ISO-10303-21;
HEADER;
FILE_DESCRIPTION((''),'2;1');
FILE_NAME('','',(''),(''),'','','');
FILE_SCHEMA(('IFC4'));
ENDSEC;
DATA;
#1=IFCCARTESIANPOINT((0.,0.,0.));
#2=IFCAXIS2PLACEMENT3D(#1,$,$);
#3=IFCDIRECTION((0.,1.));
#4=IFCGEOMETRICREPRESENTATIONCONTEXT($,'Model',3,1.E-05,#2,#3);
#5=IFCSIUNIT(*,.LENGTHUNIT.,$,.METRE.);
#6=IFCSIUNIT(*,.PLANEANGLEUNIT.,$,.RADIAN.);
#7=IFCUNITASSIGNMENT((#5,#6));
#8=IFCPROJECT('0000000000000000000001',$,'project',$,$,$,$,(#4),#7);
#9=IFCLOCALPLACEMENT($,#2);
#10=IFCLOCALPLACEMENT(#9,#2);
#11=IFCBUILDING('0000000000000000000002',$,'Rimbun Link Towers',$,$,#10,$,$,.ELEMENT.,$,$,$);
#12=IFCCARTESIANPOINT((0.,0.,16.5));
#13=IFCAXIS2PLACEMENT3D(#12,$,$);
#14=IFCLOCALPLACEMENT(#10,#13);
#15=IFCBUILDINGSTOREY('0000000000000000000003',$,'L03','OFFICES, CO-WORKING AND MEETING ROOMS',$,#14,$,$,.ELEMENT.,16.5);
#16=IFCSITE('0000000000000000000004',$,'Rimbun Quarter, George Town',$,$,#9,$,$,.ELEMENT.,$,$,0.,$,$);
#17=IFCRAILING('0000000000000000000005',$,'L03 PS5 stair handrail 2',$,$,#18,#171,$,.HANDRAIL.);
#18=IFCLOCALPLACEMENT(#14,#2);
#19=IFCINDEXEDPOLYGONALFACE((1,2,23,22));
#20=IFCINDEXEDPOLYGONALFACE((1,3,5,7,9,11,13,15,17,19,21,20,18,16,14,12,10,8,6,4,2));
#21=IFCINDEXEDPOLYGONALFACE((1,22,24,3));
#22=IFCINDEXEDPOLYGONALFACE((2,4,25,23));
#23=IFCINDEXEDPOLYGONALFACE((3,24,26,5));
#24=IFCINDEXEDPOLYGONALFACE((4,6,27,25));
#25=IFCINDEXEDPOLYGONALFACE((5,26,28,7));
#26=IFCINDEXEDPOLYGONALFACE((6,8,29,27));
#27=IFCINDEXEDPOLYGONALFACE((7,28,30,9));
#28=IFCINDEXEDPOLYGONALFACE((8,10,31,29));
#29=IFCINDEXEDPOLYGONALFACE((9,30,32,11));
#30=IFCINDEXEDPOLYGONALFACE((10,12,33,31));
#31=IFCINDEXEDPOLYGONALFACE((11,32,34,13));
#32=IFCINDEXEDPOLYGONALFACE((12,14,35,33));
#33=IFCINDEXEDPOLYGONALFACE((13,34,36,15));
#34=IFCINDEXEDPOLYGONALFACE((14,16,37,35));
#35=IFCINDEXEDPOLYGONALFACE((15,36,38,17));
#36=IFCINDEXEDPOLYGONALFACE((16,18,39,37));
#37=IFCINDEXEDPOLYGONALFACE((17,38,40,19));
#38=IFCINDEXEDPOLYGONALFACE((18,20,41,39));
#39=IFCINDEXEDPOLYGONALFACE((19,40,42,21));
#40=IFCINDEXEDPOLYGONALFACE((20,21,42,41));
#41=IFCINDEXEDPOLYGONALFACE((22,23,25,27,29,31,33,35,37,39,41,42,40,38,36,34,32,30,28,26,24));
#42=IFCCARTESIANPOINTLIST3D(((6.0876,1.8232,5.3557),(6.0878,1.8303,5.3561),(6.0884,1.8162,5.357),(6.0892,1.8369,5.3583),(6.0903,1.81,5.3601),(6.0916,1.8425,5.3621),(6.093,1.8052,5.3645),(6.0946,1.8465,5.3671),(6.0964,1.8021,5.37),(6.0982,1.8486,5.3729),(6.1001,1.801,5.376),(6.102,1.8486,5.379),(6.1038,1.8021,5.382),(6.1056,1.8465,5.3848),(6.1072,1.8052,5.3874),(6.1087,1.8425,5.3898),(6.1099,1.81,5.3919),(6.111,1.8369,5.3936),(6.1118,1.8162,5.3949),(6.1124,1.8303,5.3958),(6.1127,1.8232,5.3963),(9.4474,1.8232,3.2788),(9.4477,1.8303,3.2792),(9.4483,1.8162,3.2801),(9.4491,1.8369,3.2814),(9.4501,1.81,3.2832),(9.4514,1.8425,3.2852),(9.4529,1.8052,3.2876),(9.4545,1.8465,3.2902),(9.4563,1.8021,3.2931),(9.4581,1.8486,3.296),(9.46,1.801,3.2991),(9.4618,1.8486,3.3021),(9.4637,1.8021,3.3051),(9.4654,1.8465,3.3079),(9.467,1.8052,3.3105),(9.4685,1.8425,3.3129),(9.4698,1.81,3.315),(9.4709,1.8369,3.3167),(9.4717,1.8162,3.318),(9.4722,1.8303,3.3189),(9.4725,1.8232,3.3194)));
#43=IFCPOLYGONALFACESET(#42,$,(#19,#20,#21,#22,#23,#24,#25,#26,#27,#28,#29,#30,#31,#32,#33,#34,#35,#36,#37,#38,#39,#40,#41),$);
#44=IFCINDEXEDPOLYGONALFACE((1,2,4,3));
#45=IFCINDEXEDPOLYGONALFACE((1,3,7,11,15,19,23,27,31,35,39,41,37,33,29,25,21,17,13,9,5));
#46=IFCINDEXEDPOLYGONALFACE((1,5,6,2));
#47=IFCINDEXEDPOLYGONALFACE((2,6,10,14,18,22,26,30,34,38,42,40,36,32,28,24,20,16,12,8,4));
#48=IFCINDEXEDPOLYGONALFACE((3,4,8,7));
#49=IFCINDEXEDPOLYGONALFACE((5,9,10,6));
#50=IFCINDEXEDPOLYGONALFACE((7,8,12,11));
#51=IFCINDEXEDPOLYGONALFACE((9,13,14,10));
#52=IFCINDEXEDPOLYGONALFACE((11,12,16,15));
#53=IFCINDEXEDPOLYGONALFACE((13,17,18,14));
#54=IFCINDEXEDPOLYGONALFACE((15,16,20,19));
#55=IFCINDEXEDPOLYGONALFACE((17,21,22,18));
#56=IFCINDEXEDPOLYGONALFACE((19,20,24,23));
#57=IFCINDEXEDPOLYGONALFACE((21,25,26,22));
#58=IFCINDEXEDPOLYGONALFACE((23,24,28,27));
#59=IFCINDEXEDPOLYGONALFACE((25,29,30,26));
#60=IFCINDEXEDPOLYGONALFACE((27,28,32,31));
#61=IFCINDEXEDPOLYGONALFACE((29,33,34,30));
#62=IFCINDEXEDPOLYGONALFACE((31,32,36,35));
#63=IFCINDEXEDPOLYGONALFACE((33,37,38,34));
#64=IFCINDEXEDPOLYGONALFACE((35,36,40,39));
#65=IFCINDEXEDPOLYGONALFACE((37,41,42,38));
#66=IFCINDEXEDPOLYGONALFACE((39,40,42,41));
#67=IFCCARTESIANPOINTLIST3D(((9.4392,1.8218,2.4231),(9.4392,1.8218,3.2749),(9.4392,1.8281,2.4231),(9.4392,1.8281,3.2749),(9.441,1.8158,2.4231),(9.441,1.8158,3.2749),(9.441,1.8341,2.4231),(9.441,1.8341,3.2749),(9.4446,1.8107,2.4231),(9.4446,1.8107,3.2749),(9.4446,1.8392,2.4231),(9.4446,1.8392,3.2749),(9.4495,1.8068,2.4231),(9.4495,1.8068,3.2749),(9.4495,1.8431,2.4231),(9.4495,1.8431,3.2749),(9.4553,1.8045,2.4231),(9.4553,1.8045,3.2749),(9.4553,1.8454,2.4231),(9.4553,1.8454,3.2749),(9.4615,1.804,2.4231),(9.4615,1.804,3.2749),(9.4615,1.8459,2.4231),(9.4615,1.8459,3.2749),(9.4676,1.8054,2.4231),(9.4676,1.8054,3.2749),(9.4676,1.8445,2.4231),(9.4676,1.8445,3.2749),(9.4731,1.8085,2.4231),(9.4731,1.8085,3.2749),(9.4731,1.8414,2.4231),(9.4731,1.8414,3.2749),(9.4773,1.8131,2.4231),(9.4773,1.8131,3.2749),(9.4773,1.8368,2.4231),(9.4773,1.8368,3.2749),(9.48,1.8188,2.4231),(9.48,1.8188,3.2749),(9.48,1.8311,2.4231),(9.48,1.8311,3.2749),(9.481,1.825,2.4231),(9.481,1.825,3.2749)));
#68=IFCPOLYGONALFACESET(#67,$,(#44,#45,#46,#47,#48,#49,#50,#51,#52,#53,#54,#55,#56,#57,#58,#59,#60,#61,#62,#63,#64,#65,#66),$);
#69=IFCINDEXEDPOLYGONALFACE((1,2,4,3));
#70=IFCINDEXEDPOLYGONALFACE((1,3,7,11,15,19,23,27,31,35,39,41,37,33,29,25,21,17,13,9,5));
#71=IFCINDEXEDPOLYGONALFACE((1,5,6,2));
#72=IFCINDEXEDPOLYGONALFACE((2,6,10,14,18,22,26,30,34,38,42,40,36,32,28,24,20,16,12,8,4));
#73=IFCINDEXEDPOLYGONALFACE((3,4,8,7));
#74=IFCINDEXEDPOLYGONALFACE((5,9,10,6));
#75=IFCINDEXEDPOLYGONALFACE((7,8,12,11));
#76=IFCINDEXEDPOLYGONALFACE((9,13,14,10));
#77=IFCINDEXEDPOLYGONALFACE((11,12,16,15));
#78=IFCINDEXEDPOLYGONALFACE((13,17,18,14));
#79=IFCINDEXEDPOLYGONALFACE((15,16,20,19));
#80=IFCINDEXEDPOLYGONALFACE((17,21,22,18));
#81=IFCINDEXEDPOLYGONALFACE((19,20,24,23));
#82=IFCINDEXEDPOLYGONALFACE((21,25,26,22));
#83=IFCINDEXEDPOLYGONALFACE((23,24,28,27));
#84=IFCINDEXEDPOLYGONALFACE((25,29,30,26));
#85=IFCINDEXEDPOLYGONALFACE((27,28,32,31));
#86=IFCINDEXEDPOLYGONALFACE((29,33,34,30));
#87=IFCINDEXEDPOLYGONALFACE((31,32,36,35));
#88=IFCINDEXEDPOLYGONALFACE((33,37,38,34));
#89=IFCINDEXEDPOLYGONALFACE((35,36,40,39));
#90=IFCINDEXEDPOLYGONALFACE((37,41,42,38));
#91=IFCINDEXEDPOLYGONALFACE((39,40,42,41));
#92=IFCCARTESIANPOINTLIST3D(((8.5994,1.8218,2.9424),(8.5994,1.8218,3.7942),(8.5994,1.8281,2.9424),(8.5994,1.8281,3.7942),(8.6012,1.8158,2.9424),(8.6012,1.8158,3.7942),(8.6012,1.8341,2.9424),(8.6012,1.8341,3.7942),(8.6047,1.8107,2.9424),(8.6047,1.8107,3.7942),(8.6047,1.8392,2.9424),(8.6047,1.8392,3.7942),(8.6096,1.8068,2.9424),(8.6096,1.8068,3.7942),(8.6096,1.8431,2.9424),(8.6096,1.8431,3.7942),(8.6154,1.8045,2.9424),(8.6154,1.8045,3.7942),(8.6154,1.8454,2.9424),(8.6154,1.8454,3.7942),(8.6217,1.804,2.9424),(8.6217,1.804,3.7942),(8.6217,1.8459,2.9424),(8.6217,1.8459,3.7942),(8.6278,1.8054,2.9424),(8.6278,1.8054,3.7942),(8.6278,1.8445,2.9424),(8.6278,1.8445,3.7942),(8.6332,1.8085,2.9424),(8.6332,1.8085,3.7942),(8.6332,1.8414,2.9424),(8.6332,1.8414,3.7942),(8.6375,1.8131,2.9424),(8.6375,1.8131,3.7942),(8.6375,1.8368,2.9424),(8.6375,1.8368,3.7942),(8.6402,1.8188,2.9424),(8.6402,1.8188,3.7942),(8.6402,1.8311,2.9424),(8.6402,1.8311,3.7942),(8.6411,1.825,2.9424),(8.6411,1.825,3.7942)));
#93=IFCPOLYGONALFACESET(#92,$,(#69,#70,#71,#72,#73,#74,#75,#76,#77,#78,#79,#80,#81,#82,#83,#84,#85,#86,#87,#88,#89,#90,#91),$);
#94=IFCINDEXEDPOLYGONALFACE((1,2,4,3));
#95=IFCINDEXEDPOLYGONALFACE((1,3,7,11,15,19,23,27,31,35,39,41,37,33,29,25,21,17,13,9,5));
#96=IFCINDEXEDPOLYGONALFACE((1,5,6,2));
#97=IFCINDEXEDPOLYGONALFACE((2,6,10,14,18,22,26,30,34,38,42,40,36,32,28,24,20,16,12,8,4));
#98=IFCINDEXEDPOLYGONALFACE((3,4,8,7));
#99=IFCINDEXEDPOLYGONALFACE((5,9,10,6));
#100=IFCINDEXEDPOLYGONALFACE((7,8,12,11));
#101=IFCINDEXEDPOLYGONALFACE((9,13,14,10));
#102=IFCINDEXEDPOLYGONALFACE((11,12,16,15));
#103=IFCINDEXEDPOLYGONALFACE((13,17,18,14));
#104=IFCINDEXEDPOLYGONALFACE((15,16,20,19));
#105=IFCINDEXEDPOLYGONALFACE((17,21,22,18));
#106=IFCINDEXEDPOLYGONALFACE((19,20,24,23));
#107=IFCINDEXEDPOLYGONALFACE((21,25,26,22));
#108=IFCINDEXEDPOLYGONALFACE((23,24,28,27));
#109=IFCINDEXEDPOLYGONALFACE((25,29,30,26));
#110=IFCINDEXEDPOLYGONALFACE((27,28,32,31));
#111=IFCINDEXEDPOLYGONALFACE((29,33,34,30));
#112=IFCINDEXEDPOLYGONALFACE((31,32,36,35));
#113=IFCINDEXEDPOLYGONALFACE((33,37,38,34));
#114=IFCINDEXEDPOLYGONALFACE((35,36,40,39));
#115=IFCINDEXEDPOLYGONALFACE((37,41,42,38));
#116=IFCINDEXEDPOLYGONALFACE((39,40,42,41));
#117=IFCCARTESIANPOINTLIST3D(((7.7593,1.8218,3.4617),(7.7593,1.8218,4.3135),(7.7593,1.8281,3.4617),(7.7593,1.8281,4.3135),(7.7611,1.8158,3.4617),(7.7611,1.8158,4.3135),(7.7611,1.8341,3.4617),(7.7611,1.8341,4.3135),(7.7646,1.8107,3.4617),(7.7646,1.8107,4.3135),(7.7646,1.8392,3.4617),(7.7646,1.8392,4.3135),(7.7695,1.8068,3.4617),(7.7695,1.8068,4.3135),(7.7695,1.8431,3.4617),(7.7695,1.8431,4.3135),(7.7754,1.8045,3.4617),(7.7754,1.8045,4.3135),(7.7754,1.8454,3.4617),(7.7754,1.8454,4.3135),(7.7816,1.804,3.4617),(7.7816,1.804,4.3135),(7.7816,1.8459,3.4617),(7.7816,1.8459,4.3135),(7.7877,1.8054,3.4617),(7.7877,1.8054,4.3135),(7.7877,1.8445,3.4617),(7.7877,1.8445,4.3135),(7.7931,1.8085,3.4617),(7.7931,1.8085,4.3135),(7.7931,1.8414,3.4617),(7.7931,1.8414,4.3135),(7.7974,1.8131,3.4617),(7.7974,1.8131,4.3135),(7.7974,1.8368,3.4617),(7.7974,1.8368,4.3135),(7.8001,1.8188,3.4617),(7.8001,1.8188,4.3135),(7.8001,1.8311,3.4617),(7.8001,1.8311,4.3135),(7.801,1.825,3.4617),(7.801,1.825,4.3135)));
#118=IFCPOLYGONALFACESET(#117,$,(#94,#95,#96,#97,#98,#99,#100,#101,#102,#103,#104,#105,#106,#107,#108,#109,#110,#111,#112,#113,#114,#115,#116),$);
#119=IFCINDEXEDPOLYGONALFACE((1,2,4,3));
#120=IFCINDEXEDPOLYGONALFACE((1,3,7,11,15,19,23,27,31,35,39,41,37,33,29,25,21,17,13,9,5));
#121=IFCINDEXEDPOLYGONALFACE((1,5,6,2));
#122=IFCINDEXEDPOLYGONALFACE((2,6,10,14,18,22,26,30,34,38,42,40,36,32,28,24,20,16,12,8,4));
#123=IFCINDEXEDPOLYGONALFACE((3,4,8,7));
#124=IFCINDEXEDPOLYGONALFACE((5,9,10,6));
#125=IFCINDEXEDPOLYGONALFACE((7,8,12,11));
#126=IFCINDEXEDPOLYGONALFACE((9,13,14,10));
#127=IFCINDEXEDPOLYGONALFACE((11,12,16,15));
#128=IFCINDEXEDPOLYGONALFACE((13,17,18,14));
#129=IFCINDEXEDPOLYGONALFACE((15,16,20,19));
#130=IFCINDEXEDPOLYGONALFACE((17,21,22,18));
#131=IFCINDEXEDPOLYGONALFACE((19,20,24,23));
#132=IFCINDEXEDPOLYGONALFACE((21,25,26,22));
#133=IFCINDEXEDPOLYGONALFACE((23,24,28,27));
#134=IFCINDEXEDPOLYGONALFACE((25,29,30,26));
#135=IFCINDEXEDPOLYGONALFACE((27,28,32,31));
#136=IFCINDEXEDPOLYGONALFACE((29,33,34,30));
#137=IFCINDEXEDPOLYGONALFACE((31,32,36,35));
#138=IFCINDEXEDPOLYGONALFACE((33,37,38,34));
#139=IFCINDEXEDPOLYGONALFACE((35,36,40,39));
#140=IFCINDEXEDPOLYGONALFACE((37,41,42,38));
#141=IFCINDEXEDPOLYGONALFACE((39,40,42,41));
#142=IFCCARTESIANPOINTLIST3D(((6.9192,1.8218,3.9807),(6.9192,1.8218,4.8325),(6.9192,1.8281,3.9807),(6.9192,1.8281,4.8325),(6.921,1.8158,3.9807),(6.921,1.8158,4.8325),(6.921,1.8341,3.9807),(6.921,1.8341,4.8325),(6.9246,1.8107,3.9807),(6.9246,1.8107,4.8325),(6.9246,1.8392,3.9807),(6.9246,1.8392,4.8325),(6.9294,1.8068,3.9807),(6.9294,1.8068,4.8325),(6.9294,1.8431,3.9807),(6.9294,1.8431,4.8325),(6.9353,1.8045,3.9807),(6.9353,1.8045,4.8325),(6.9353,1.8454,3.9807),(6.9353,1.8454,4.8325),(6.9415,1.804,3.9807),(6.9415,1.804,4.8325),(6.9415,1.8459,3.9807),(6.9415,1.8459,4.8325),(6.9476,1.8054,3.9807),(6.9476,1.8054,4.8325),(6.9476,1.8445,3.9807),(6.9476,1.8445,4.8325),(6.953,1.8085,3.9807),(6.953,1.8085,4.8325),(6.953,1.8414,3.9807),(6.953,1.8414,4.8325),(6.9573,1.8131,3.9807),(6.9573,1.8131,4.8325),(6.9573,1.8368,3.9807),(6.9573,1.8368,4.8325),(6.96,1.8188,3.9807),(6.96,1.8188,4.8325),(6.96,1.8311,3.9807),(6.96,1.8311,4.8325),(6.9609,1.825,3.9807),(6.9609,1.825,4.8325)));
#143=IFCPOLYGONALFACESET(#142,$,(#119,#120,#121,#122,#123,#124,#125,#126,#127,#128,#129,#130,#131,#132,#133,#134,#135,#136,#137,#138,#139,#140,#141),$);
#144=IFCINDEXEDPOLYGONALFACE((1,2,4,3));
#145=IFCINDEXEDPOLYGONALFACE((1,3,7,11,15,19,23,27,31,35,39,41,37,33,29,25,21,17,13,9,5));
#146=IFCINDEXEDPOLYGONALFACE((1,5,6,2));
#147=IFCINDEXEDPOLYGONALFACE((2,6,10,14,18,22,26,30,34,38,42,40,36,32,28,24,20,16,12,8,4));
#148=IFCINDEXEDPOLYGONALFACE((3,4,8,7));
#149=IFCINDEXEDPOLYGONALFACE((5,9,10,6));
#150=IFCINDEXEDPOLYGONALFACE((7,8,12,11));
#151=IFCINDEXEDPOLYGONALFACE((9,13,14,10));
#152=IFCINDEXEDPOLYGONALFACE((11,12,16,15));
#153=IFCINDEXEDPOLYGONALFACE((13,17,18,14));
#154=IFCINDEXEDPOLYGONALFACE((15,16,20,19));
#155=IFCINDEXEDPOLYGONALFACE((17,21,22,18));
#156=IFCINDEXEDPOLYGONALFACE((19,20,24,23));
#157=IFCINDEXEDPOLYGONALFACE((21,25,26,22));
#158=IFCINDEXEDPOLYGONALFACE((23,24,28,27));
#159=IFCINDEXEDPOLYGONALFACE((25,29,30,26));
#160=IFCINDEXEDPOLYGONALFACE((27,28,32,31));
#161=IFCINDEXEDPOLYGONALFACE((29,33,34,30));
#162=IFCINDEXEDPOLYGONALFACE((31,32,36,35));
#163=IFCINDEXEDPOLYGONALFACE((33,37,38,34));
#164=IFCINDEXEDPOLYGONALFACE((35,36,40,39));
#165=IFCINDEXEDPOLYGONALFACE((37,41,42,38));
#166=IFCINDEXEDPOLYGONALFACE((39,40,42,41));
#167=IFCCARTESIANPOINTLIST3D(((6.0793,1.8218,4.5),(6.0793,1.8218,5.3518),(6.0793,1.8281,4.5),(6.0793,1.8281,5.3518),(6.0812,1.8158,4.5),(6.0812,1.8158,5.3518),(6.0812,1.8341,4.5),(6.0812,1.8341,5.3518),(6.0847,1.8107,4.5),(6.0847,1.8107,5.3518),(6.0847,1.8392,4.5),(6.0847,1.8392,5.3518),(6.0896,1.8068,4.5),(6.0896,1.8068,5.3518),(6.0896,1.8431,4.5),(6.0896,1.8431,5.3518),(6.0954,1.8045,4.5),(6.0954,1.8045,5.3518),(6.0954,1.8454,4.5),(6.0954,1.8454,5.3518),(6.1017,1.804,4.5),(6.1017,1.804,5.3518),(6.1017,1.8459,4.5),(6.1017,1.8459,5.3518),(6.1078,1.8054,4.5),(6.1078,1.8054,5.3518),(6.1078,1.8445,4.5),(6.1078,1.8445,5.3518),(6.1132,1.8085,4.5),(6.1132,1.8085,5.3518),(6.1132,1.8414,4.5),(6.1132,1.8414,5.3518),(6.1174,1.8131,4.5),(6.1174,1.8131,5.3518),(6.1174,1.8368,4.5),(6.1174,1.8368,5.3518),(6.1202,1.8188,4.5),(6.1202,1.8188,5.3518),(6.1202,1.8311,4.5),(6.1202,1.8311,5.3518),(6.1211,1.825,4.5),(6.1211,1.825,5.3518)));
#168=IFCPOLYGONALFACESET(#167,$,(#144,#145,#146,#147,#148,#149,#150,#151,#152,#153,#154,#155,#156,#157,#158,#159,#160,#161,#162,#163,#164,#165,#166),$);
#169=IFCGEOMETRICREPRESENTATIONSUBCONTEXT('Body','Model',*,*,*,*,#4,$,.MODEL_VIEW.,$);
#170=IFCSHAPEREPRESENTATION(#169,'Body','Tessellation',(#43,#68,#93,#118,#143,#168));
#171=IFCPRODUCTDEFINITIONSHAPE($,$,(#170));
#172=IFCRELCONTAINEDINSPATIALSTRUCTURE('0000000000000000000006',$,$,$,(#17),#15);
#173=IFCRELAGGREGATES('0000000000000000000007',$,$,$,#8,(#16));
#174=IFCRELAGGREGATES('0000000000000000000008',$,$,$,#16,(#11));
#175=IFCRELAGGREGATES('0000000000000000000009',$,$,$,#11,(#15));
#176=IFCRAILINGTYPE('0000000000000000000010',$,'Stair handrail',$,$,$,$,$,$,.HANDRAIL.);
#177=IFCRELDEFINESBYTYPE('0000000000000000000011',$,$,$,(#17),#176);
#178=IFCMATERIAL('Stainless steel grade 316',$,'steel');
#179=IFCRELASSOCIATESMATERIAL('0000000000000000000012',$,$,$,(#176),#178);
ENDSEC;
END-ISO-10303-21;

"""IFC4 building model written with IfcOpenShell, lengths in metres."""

from ifc_helpers import new_model, si_unit, direction, frame, origin, origin_2d, place, context, subcontext, project, spatial, circle, extrude, material, type_object, element, save


model = new_model("IFC4")

# Units and contexts
model_context = context("Model", 3, precision=1e-05, world=origin(), true_north=direction((0.0, 1.0)))
body_context = subcontext(model_context, "Body", "Model", "MODEL_VIEW")
ifc_project = project(units=[si_unit("LENGTHUNIT", "METRE"), si_unit("PLANEANGLEUNIT", "RADIAN")], contexts=[model_context])

# Site, building, storey
site_placement = place(None, origin())
site = spatial("IfcSite", under=ifc_project, at=site_placement, Name="Rimbun Quarter, George Town", CompositionType="ELEMENT", RefElevation=0.0)
building_placement = place(site_placement, origin())
building = spatial("IfcBuilding", under=site, at=building_placement, Name="Rimbun Link Towers", CompositionType="ELEMENT")
storey_placement = place(building_placement, frame((0.0, 0.0, 16.5)))
storey = spatial("IfcBuildingStorey", under=building, at=storey_placement, Name="L03", Description="OFFICES, CO-WORKING AND MEETING ROOMS", CompositionType="ELEMENT", Elevation=16.5)

# Railing
ifc_material_1 = material(Name="Stainless steel grade 316", Category="steel")
railing_type_1 = type_object("IfcRailingType", Name="Stair handrail", PredefinedType="HANDRAIL", material=ifc_material_1)
railing_1_placement = place(storey_placement, frame((9.46, 1.825, 2.4231)))
element("IfcRailing", 1, at=railing_1_placement, inside=storey, type_object=railing_type_1, Name="L03 PS5 stair handrail 2", PredefinedType="HANDRAIL", context=body_context, shape_type="SweptSolid", body=[
    extrude(circle(Radius=0.0239, at=origin_2d()), frame((0.0, 0.0, 0.876), z_axis=(-0.850606, 0.0, 0.525803), x_axis=(0.0, -1.0, 0.0)), (0.0, 0.0, 1.0), 3.95),
    extrude(circle(Radius=0.021, at=origin_2d()), origin(), (0.0, 0.0, 1.0), 0.8518),
    extrude(circle(Radius=0.021, at=origin_2d()), frame((-0.8398, 0.0, 0.5193)), (0.0, 0.0, 1.0), 0.8518),
    extrude(circle(Radius=0.021, at=origin_2d()), frame((-1.6799, 0.0, 1.0386)), (0.0, 0.0, 1.0), 0.8518),
    extrude(circle(Radius=0.021, at=origin_2d()), frame((-2.52, 0.0, 1.5576)), (0.0, 0.0, 1.0), 0.8518),
    extrude(circle(Radius=0.021, at=origin_2d()), frame((-3.3599, 0.0, 2.0769)), (0.0, 0.0, 1.0), 0.8518),
])

save(model, "model.ifc")
